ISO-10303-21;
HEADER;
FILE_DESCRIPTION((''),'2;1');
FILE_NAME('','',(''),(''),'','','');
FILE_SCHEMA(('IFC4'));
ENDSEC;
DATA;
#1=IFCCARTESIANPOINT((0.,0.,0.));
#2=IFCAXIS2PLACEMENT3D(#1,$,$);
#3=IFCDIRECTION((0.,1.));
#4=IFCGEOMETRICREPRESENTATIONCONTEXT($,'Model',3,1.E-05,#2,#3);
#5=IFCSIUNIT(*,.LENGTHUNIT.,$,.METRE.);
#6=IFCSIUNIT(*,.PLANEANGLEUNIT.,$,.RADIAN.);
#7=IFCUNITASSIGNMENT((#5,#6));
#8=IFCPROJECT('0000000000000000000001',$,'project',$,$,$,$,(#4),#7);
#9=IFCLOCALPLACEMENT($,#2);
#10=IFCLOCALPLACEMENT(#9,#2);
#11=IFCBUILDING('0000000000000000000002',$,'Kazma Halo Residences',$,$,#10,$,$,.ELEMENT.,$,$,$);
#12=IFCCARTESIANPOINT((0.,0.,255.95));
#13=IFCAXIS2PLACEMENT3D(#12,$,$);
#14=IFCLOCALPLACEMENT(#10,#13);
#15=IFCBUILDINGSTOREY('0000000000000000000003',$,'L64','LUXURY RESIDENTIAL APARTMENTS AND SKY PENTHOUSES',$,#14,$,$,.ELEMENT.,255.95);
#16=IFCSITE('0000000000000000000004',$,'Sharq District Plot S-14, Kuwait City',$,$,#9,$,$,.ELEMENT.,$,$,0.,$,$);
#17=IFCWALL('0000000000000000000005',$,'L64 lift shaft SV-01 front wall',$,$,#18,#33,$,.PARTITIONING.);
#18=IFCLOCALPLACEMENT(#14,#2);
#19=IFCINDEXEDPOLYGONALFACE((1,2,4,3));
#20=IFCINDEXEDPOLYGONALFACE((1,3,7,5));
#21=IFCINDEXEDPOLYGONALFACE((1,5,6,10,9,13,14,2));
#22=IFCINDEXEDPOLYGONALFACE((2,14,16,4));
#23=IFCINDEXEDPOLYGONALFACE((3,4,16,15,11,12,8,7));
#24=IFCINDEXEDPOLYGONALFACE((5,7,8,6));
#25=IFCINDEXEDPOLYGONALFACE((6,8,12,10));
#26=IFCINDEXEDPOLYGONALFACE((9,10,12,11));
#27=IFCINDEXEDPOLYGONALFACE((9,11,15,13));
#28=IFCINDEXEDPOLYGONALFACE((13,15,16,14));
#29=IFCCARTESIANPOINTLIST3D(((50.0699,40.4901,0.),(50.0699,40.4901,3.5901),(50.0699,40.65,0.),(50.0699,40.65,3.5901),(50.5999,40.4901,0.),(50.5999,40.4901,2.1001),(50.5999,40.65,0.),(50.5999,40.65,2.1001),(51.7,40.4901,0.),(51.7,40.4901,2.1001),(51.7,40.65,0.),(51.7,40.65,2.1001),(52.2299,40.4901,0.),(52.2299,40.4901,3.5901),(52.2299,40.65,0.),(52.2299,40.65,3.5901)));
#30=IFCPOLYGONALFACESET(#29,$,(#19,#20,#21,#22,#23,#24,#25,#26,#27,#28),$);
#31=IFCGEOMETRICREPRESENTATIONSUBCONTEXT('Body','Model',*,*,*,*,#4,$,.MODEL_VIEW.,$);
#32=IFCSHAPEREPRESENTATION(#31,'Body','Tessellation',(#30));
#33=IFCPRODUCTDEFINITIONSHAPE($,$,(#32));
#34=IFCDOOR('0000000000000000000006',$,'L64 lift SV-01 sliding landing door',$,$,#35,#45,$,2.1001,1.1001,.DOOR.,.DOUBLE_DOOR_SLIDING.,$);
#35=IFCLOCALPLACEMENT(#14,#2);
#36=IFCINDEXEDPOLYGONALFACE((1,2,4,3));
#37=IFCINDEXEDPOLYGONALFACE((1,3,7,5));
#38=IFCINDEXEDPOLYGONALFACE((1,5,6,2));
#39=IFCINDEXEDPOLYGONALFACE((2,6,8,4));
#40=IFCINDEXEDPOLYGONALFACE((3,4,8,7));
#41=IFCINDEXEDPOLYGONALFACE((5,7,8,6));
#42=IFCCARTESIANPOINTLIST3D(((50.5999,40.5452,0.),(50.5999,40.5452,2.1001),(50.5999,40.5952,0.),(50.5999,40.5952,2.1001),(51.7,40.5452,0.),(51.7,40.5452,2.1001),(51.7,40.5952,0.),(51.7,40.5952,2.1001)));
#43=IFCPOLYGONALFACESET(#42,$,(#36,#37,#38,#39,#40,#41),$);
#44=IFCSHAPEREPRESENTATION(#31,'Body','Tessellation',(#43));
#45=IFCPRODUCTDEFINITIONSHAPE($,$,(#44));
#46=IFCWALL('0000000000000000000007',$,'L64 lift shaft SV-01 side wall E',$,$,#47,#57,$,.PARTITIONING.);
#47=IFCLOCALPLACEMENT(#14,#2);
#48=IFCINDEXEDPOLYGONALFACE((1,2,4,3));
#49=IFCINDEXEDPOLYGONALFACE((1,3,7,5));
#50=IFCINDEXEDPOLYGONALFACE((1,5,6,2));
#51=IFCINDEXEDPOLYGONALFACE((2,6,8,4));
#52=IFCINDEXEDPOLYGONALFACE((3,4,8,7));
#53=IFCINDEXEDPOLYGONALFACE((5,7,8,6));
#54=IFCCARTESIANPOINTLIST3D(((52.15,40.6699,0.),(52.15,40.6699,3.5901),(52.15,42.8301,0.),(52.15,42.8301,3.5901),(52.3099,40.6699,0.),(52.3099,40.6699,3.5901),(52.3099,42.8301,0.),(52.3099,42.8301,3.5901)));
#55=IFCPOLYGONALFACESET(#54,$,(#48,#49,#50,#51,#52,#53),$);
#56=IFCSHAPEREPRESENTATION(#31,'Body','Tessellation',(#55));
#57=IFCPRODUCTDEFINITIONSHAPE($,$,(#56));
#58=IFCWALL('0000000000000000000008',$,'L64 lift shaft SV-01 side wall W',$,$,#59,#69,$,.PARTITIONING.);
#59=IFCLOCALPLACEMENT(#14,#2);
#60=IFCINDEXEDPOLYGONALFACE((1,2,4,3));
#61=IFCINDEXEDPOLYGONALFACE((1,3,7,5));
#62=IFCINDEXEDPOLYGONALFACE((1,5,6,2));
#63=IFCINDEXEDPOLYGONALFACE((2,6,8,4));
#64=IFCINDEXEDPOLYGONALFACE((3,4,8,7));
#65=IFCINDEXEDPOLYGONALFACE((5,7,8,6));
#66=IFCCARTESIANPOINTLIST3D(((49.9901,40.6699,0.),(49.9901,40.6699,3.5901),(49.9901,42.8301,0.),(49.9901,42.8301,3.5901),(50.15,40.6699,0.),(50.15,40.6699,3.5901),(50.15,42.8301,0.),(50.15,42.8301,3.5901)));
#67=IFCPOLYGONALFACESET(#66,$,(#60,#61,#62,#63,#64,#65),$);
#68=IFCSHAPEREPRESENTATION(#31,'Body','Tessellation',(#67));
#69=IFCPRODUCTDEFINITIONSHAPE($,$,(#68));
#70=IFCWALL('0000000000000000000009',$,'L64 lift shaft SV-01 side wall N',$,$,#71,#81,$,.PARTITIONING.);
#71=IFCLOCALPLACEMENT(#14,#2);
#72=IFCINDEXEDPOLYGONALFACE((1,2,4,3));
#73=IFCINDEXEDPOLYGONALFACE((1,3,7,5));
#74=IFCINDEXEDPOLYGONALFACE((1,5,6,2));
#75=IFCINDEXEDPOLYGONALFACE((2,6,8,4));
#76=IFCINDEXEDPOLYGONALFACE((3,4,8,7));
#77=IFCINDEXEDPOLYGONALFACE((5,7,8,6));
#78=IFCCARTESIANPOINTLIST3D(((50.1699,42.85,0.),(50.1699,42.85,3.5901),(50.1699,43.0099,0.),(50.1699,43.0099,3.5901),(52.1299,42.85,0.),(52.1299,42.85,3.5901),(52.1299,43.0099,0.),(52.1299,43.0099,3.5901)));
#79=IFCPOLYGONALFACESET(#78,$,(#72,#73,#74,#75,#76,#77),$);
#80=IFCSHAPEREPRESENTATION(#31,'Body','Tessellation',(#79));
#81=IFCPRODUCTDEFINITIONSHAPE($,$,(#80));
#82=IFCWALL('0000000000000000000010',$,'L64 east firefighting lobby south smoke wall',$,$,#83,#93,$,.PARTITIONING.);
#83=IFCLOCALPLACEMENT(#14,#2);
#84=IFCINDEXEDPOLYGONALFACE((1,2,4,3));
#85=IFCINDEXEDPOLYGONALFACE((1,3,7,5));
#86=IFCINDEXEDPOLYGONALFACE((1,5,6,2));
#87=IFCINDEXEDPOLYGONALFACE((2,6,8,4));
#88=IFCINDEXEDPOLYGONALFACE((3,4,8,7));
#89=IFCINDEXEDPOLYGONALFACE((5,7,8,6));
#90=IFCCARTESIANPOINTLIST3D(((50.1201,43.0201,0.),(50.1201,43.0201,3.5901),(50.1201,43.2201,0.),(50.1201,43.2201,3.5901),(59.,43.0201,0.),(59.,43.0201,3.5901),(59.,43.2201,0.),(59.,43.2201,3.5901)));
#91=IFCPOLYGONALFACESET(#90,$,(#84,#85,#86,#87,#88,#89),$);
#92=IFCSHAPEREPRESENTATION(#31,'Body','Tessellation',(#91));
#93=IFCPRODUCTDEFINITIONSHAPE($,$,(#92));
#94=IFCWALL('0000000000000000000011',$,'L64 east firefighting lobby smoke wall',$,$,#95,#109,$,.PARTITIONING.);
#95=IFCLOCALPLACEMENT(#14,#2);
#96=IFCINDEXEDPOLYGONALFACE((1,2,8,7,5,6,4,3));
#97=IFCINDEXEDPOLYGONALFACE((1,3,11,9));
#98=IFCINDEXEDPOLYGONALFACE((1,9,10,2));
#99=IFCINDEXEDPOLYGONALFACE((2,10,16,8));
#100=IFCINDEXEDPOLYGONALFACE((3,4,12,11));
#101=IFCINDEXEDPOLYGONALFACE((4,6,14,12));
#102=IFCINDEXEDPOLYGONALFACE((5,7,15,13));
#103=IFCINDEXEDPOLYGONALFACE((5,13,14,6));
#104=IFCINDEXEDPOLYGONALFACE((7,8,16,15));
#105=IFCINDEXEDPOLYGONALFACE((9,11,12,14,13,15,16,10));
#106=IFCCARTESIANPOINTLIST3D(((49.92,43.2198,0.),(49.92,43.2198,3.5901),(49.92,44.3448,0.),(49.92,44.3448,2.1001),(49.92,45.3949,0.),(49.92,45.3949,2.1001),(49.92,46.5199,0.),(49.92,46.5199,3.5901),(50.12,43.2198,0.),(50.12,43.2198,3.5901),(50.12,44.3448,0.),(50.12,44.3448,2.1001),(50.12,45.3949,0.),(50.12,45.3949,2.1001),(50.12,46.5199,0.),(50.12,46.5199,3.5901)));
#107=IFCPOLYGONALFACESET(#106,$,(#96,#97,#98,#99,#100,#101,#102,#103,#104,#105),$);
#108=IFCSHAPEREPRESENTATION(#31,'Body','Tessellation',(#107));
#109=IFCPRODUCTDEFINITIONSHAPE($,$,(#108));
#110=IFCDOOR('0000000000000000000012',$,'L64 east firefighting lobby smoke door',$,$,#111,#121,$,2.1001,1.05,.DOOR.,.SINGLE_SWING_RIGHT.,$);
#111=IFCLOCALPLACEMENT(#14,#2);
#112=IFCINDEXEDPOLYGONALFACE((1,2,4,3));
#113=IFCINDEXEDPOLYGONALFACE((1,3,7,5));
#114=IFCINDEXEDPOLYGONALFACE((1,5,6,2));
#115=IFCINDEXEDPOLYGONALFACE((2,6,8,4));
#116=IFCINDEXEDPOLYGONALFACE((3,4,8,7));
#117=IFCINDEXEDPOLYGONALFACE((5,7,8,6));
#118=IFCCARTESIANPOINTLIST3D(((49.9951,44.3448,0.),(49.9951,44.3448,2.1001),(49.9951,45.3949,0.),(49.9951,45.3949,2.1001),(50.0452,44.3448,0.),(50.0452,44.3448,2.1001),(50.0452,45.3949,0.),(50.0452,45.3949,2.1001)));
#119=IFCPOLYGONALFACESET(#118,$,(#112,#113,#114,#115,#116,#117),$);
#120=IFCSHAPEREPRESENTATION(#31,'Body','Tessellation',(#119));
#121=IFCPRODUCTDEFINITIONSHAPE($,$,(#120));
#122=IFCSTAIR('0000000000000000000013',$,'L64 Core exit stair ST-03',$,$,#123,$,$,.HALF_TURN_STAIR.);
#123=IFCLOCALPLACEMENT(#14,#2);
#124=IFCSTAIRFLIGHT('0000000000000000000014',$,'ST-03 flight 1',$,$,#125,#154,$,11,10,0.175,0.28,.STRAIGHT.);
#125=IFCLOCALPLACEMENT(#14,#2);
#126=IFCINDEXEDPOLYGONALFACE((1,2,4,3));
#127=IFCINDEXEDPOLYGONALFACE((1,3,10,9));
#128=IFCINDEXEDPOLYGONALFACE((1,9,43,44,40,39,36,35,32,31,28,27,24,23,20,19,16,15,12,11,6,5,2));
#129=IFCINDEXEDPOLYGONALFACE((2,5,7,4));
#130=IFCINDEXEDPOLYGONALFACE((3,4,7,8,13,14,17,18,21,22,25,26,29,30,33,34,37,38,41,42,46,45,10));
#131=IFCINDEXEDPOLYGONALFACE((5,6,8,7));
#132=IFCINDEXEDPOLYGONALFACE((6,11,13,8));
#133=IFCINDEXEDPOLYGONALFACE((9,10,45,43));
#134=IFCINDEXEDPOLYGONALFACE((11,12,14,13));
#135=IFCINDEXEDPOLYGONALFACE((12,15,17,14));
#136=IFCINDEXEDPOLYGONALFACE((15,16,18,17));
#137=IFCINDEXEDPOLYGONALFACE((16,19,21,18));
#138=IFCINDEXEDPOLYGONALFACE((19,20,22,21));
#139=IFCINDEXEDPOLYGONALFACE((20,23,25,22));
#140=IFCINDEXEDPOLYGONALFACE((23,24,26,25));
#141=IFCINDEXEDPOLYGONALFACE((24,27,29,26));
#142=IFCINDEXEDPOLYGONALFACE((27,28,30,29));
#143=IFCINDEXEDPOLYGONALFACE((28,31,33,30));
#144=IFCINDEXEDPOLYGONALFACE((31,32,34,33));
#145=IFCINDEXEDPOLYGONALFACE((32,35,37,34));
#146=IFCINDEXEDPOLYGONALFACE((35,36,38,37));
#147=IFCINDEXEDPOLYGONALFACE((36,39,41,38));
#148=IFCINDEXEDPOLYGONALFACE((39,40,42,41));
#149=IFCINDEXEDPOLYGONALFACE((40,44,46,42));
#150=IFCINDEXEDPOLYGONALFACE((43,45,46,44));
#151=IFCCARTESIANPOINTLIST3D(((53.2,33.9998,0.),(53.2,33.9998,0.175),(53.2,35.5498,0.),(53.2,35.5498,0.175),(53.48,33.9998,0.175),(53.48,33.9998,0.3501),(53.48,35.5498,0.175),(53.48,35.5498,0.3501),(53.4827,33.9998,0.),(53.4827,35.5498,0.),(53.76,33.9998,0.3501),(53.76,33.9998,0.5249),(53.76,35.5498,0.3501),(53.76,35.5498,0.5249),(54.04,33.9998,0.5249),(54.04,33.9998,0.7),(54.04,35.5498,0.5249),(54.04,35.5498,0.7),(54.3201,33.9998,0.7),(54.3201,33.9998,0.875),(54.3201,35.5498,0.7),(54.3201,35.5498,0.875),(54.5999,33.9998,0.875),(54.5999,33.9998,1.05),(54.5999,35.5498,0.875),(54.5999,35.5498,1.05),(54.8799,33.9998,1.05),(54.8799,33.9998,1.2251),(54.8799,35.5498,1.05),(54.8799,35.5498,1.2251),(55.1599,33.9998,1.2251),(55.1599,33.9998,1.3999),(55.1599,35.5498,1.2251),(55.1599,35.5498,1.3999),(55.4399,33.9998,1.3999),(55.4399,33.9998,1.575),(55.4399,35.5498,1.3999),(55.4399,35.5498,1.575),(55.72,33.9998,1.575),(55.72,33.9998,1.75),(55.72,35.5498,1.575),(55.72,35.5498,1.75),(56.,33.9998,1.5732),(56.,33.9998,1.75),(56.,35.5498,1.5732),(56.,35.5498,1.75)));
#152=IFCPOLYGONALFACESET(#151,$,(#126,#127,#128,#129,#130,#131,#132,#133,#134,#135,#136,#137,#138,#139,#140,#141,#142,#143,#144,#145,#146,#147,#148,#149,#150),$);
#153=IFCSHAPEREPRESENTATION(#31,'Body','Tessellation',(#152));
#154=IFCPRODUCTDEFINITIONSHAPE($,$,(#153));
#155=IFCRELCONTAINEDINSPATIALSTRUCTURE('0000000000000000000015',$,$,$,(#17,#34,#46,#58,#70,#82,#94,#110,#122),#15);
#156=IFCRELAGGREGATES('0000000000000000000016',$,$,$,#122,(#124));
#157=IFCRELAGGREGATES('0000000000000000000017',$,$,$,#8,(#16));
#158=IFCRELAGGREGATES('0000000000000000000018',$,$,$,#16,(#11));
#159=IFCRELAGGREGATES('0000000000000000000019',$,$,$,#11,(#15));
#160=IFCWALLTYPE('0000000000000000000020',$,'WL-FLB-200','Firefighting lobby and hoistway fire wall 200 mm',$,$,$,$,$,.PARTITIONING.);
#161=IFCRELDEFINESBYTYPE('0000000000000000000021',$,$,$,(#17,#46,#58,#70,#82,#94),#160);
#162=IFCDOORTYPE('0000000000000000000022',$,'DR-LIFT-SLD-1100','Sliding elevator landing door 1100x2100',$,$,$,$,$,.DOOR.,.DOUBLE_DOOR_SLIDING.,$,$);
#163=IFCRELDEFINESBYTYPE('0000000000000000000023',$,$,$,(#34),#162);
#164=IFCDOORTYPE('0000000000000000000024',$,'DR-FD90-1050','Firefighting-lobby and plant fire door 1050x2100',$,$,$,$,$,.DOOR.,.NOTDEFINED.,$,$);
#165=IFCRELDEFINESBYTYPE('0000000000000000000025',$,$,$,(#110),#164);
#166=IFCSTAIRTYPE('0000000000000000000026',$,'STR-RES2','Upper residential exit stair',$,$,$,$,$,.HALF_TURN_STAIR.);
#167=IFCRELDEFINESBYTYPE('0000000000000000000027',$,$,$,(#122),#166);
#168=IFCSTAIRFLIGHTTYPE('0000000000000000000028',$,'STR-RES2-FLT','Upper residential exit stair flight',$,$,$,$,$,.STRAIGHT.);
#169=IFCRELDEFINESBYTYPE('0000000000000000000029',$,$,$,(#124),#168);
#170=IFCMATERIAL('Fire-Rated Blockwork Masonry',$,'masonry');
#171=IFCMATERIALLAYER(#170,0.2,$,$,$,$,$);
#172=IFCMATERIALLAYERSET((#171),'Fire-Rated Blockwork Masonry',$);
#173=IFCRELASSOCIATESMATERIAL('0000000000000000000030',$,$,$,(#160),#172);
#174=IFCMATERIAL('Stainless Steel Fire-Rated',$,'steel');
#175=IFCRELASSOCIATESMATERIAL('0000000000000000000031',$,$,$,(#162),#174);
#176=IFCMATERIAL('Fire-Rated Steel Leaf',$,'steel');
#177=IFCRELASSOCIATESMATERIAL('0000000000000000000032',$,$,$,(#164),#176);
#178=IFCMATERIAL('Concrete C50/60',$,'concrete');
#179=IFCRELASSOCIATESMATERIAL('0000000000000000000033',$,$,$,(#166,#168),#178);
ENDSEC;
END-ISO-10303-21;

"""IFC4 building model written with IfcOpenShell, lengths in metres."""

from ifc_helpers import new_model, si_unit, direction, frame, frame_2d, origin, place, context, subcontext, project, spatial, polyline, rectangle, outline, extrude, material, layer, layer_set, type_object, element, fill, aggregate, save


model = new_model("IFC4")

# Units and contexts
model_context = context("Model", 3, precision=1e-05, world=origin(), true_north=direction((0.0, 1.0)))
body_context = subcontext(model_context, "Body", "Model", "MODEL_VIEW")
ifc_project = project(units=[si_unit("LENGTHUNIT", "METRE"), si_unit("PLANEANGLEUNIT", "RADIAN")], contexts=[model_context])

# Site, building, storey
site_placement = place(None, origin())
site = spatial("IfcSite", under=ifc_project, at=site_placement, Name="Sharq District Plot S-14, Kuwait City", CompositionType="ELEMENT", RefElevation=0.0)
building_placement = place(site_placement, origin())
building = spatial("IfcBuilding", under=site, at=building_placement, Name="Kazma Halo Residences", CompositionType="ELEMENT")
storey_placement = place(building_placement, frame((0.0, 0.0, 255.95)))
storey = spatial("IfcBuildingStorey", under=building, at=storey_placement, Name="L64", Description="LUXURY RESIDENTIAL APARTMENTS AND SKY PENTHOUSES", CompositionType="ELEMENT", Elevation=255.95)

# Shared definitions
ifc_material_1 = material(Name="Fire-Rated Blockwork Masonry", Category="masonry")
ifc_layer_1 = layer(ifc_material_1, 0.2)
ifc_layer_set_1 = layer_set([ifc_layer_1], Name="Fire-Rated Blockwork Masonry")
wall_type_1 = type_object("IfcWallType", Name="WL-FLB-200", Description="Firefighting lobby and hoistway fire wall 200 mm", PredefinedType="PARTITIONING", material=ifc_layer_set_1)
ifc_material_2 = material(Name="Stainless Steel Fire-Rated", Category="steel")
door_type_1 = type_object("IfcDoorType", Name="DR-LIFT-SLD-1100", Description="Sliding elevator landing door 1100x2100", OperationType="DOUBLE_DOOR_SLIDING", PredefinedType="DOOR", material=ifc_material_2)

# Wall, opening, door
wall_1_placement = place(storey_placement, frame((52.23, 40.5701, 0.0), z_axis=(0.0, 0.0, 1.0), x_axis=(-1.0, 0.0, 0.0)))
wall_1 = element("IfcWall", 1, at=wall_1_placement, inside=storey, type_object=wall_type_1, Name="L64 lift shaft SV-01 front wall", PredefinedType="PARTITIONING", context=body_context, shape_type="SweptSolid", body=[
    extrude(rectangle(XDim=2.1599, YDim=0.1599, at=frame_2d((1.0801, 0.0))), origin(), (0.0, 0.0, 1.0), 3.5901),
])
opening_1_placement = place(wall_1_placement, frame((0.53, 0.0, 0.0)))
opening_1 = element("IfcOpeningElement", 2, at=opening_1_placement, cuts=wall_1, PredefinedType="OPENING", context=body_context, shape_type="SweptSolid", body=[
    extrude(rectangle(XDim=1.1001, YDim=2.1001, at=frame_2d((0.55, 1.05))), frame((0.0, 0.0898, 0.0), z_axis=(0.0, -1.0, 0.0), x_axis=(1.0, 0.0, 0.0)), (0.0, 0.0, 1.0), 0.1799),
])
door_1_placement = place(opening_1_placement, origin())
door_1 = element("IfcDoor", 3, at=door_1_placement, inside=storey, type_object=door_type_1, Name="L64 lift SV-01 sliding landing door", OperationType="DOUBLE_DOOR_SLIDING", OverallHeight=2.1001, OverallWidth=1.1001, PredefinedType="DOOR", context=body_context, shape_type="SweptSolid", body=[
    extrude(rectangle(XDim=1.1001, YDim=2.1001, at=frame_2d((0.55, 1.05))), frame((0.0, 0.0249, 0.0), z_axis=(0.0, -1.0, 0.0), x_axis=(1.0, 0.0, 0.0)), (0.0, 0.0, 1.0), 0.05),
])
fill(opening_1, door_1)

# Walls
for number, where, z_axis, x_axis, name in (
    (4, (52.23, 40.6699, 0.0), (0.0, 0.0, 1.0), (0.0, 1.0, 0.0), "L64 lift shaft SV-01 side wall E"),
    (5, (50.0701, 40.6699, 0.0), (0.0, 0.0, 1.0), (0.0, 1.0, 0.0), "L64 lift shaft SV-01 side wall W"),
):
    element("IfcWall", number, at=place(storey_placement, frame(where, z_axis=z_axis, x_axis=x_axis)), inside=storey, type_object=wall_type_1, Name=name, PredefinedType="PARTITIONING", context=body_context, shape_type="SweptSolid", body=[
        extrude(rectangle(XDim=2.1602, YDim=0.1599, at=frame_2d((1.0801, 0.0))), origin(), (0.0, 0.0, 1.0), 3.5901),
    ])
wall_2_placement = place(storey_placement, frame((50.1699, 42.9299, 0.0), z_axis=(0.0, 0.0, 1.0), x_axis=(1.0, 0.0, 0.0)))
element("IfcWall", 6, at=wall_2_placement, inside=storey, type_object=wall_type_1, Name="L64 lift shaft SV-01 side wall N", PredefinedType="PARTITIONING", context=body_context, shape_type="SweptSolid", body=[
    extrude(rectangle(XDim=1.96, YDim=0.1599, at=frame_2d((0.98, 0.0))), origin(), (0.0, 0.0, 1.0), 3.5901),
])
wall_3_placement = place(storey_placement, frame((50.1201, 43.1201, 0.0), z_axis=(0.0, 0.0, 1.0), x_axis=(1.0, 0.0, 0.0)))
element("IfcWall", 7, at=wall_3_placement, inside=storey, type_object=wall_type_1, Name="L64 east firefighting lobby south smoke wall", PredefinedType="PARTITIONING", context=body_context, shape_type="SweptSolid", body=[
    extrude(rectangle(XDim=8.8799, YDim=0.2, at=frame_2d((4.4399, 0.0))), origin(), (0.0, 0.0, 1.0), 3.5901),
])

# Wall, opening, door
wall_4_placement = place(storey_placement, frame((50.02, 43.22, 0.0), z_axis=(0.0, 0.0, 1.0), x_axis=(0.0, 1.0, 0.0)))
wall_4 = element("IfcWall", 8, at=wall_4_placement, inside=storey, type_object=wall_type_1, Name="L64 east firefighting lobby smoke wall", PredefinedType="PARTITIONING", context=body_context, shape_type="SweptSolid", body=[
    extrude(rectangle(XDim=3.3, YDim=0.2, at=frame_2d((1.6499, 0.0))), origin(), (0.0, 0.0, 1.0), 3.5901),
])
opening_2_placement = place(wall_4_placement, frame((1.125, 0.0, 0.0)))
opening_2 = element("IfcOpeningElement", 9, at=opening_2_placement, cuts=wall_4, PredefinedType="OPENING", context=body_context, shape_type="SweptSolid", body=[
    extrude(rectangle(XDim=1.05, YDim=2.1001, at=frame_2d((0.5249, 1.05))), frame((0.0, 0.1099, 0.0), z_axis=(0.0, -1.0, 0.0), x_axis=(1.0, 0.0, 0.0)), (0.0, 0.0, 1.0), 0.22),
])
ifc_material_3 = material(Name="Fire-Rated Steel Leaf", Category="steel")
door_type_2 = type_object("IfcDoorType", Name="DR-FD90-1050", Description="Firefighting-lobby and plant fire door 1050x2100", OperationType="NOTDEFINED", PredefinedType="DOOR", material=ifc_material_3)
door_2_placement = place(opening_2_placement, origin())
door_2 = element("IfcDoor", 10, at=door_2_placement, inside=storey, type_object=door_type_2, Name="L64 east firefighting lobby smoke door", OperationType="SINGLE_SWING_RIGHT", OverallHeight=2.1001, OverallWidth=1.05, PredefinedType="DOOR", context=body_context, shape_type="SweptSolid", body=[
    extrude(rectangle(XDim=1.05, YDim=2.1001, at=frame_2d((0.5249, 1.05))), frame((0.0, 0.0249, 0.0), z_axis=(0.0, -1.0, 0.0), x_axis=(1.0, 0.0, 0.0)), (0.0, 0.0, 1.0), 0.05),
])
fill(opening_2, door_2)
ifc_material_4 = material(Name="Concrete C50/60", Category="concrete")

# Stair, stair flight
stair_type = type_object("IfcStairType", Name="STR-RES2", Description="Upper residential exit stair", PredefinedType="HALF_TURN_STAIR", material=ifc_material_4)
stair_placement = place(storey_placement, origin())
stair = element("IfcStair", 11, at=stair_placement, inside=storey, type_object=stair_type, Name="L64 Core exit stair ST-03", PredefinedType="HALF_TURN_STAIR")
stair_flight_type = type_object("IfcStairFlightType", Name="STR-RES2-FLT", Description="Upper residential exit stair flight", PredefinedType="STRAIGHT", material=ifc_material_4)
stair_flight_1_placement = place(storey_placement, frame((53.2, 34.7749, 0.0), z_axis=(0.0, 0.0, 1.0), x_axis=(1.0, 0.0, 0.0)))
stair_flight_1 = element("IfcStairFlight", 12, at=stair_flight_1_placement, type_object=stair_flight_type, Name="ST-03 flight 1", NumberOfRisers=11, NumberOfTreads=10, PredefinedType="STRAIGHT", RiserHeight=0.175, TreadLength=0.28, context=body_context, shape_type="SweptSolid", body=[
    extrude(outline(polyline([(0.0, 0.0), (0.0, 0.175), (0.28, 0.175), (0.28, 0.3501), (0.5601, 0.3501), (0.5601, 0.5249), (0.8401, 0.5249), (0.8401, 0.7), (1.1201, 0.7), (1.1201, 0.875), (1.3999, 0.875), (1.3999, 1.05), (1.6799, 1.05), (1.6799, 1.2251), (1.96, 1.2251), (1.96, 1.3999), (2.24, 1.3999), (2.24, 1.575), (2.52, 1.575), (2.52, 1.75), (2.8, 1.75), (2.8, 1.925), (2.8, 1.5732), (0.2827, 0.0), (0.0, 0.0)])), frame((0.0, 0.7749, 0.0), z_axis=(0.0, -1.0, 0.0), x_axis=(1.0, 0.0, 0.0)), (0.0, 0.0, 1.0), 1.55),
])
aggregate(stair, [stair_flight_1])

save(model, "model.ifc")
